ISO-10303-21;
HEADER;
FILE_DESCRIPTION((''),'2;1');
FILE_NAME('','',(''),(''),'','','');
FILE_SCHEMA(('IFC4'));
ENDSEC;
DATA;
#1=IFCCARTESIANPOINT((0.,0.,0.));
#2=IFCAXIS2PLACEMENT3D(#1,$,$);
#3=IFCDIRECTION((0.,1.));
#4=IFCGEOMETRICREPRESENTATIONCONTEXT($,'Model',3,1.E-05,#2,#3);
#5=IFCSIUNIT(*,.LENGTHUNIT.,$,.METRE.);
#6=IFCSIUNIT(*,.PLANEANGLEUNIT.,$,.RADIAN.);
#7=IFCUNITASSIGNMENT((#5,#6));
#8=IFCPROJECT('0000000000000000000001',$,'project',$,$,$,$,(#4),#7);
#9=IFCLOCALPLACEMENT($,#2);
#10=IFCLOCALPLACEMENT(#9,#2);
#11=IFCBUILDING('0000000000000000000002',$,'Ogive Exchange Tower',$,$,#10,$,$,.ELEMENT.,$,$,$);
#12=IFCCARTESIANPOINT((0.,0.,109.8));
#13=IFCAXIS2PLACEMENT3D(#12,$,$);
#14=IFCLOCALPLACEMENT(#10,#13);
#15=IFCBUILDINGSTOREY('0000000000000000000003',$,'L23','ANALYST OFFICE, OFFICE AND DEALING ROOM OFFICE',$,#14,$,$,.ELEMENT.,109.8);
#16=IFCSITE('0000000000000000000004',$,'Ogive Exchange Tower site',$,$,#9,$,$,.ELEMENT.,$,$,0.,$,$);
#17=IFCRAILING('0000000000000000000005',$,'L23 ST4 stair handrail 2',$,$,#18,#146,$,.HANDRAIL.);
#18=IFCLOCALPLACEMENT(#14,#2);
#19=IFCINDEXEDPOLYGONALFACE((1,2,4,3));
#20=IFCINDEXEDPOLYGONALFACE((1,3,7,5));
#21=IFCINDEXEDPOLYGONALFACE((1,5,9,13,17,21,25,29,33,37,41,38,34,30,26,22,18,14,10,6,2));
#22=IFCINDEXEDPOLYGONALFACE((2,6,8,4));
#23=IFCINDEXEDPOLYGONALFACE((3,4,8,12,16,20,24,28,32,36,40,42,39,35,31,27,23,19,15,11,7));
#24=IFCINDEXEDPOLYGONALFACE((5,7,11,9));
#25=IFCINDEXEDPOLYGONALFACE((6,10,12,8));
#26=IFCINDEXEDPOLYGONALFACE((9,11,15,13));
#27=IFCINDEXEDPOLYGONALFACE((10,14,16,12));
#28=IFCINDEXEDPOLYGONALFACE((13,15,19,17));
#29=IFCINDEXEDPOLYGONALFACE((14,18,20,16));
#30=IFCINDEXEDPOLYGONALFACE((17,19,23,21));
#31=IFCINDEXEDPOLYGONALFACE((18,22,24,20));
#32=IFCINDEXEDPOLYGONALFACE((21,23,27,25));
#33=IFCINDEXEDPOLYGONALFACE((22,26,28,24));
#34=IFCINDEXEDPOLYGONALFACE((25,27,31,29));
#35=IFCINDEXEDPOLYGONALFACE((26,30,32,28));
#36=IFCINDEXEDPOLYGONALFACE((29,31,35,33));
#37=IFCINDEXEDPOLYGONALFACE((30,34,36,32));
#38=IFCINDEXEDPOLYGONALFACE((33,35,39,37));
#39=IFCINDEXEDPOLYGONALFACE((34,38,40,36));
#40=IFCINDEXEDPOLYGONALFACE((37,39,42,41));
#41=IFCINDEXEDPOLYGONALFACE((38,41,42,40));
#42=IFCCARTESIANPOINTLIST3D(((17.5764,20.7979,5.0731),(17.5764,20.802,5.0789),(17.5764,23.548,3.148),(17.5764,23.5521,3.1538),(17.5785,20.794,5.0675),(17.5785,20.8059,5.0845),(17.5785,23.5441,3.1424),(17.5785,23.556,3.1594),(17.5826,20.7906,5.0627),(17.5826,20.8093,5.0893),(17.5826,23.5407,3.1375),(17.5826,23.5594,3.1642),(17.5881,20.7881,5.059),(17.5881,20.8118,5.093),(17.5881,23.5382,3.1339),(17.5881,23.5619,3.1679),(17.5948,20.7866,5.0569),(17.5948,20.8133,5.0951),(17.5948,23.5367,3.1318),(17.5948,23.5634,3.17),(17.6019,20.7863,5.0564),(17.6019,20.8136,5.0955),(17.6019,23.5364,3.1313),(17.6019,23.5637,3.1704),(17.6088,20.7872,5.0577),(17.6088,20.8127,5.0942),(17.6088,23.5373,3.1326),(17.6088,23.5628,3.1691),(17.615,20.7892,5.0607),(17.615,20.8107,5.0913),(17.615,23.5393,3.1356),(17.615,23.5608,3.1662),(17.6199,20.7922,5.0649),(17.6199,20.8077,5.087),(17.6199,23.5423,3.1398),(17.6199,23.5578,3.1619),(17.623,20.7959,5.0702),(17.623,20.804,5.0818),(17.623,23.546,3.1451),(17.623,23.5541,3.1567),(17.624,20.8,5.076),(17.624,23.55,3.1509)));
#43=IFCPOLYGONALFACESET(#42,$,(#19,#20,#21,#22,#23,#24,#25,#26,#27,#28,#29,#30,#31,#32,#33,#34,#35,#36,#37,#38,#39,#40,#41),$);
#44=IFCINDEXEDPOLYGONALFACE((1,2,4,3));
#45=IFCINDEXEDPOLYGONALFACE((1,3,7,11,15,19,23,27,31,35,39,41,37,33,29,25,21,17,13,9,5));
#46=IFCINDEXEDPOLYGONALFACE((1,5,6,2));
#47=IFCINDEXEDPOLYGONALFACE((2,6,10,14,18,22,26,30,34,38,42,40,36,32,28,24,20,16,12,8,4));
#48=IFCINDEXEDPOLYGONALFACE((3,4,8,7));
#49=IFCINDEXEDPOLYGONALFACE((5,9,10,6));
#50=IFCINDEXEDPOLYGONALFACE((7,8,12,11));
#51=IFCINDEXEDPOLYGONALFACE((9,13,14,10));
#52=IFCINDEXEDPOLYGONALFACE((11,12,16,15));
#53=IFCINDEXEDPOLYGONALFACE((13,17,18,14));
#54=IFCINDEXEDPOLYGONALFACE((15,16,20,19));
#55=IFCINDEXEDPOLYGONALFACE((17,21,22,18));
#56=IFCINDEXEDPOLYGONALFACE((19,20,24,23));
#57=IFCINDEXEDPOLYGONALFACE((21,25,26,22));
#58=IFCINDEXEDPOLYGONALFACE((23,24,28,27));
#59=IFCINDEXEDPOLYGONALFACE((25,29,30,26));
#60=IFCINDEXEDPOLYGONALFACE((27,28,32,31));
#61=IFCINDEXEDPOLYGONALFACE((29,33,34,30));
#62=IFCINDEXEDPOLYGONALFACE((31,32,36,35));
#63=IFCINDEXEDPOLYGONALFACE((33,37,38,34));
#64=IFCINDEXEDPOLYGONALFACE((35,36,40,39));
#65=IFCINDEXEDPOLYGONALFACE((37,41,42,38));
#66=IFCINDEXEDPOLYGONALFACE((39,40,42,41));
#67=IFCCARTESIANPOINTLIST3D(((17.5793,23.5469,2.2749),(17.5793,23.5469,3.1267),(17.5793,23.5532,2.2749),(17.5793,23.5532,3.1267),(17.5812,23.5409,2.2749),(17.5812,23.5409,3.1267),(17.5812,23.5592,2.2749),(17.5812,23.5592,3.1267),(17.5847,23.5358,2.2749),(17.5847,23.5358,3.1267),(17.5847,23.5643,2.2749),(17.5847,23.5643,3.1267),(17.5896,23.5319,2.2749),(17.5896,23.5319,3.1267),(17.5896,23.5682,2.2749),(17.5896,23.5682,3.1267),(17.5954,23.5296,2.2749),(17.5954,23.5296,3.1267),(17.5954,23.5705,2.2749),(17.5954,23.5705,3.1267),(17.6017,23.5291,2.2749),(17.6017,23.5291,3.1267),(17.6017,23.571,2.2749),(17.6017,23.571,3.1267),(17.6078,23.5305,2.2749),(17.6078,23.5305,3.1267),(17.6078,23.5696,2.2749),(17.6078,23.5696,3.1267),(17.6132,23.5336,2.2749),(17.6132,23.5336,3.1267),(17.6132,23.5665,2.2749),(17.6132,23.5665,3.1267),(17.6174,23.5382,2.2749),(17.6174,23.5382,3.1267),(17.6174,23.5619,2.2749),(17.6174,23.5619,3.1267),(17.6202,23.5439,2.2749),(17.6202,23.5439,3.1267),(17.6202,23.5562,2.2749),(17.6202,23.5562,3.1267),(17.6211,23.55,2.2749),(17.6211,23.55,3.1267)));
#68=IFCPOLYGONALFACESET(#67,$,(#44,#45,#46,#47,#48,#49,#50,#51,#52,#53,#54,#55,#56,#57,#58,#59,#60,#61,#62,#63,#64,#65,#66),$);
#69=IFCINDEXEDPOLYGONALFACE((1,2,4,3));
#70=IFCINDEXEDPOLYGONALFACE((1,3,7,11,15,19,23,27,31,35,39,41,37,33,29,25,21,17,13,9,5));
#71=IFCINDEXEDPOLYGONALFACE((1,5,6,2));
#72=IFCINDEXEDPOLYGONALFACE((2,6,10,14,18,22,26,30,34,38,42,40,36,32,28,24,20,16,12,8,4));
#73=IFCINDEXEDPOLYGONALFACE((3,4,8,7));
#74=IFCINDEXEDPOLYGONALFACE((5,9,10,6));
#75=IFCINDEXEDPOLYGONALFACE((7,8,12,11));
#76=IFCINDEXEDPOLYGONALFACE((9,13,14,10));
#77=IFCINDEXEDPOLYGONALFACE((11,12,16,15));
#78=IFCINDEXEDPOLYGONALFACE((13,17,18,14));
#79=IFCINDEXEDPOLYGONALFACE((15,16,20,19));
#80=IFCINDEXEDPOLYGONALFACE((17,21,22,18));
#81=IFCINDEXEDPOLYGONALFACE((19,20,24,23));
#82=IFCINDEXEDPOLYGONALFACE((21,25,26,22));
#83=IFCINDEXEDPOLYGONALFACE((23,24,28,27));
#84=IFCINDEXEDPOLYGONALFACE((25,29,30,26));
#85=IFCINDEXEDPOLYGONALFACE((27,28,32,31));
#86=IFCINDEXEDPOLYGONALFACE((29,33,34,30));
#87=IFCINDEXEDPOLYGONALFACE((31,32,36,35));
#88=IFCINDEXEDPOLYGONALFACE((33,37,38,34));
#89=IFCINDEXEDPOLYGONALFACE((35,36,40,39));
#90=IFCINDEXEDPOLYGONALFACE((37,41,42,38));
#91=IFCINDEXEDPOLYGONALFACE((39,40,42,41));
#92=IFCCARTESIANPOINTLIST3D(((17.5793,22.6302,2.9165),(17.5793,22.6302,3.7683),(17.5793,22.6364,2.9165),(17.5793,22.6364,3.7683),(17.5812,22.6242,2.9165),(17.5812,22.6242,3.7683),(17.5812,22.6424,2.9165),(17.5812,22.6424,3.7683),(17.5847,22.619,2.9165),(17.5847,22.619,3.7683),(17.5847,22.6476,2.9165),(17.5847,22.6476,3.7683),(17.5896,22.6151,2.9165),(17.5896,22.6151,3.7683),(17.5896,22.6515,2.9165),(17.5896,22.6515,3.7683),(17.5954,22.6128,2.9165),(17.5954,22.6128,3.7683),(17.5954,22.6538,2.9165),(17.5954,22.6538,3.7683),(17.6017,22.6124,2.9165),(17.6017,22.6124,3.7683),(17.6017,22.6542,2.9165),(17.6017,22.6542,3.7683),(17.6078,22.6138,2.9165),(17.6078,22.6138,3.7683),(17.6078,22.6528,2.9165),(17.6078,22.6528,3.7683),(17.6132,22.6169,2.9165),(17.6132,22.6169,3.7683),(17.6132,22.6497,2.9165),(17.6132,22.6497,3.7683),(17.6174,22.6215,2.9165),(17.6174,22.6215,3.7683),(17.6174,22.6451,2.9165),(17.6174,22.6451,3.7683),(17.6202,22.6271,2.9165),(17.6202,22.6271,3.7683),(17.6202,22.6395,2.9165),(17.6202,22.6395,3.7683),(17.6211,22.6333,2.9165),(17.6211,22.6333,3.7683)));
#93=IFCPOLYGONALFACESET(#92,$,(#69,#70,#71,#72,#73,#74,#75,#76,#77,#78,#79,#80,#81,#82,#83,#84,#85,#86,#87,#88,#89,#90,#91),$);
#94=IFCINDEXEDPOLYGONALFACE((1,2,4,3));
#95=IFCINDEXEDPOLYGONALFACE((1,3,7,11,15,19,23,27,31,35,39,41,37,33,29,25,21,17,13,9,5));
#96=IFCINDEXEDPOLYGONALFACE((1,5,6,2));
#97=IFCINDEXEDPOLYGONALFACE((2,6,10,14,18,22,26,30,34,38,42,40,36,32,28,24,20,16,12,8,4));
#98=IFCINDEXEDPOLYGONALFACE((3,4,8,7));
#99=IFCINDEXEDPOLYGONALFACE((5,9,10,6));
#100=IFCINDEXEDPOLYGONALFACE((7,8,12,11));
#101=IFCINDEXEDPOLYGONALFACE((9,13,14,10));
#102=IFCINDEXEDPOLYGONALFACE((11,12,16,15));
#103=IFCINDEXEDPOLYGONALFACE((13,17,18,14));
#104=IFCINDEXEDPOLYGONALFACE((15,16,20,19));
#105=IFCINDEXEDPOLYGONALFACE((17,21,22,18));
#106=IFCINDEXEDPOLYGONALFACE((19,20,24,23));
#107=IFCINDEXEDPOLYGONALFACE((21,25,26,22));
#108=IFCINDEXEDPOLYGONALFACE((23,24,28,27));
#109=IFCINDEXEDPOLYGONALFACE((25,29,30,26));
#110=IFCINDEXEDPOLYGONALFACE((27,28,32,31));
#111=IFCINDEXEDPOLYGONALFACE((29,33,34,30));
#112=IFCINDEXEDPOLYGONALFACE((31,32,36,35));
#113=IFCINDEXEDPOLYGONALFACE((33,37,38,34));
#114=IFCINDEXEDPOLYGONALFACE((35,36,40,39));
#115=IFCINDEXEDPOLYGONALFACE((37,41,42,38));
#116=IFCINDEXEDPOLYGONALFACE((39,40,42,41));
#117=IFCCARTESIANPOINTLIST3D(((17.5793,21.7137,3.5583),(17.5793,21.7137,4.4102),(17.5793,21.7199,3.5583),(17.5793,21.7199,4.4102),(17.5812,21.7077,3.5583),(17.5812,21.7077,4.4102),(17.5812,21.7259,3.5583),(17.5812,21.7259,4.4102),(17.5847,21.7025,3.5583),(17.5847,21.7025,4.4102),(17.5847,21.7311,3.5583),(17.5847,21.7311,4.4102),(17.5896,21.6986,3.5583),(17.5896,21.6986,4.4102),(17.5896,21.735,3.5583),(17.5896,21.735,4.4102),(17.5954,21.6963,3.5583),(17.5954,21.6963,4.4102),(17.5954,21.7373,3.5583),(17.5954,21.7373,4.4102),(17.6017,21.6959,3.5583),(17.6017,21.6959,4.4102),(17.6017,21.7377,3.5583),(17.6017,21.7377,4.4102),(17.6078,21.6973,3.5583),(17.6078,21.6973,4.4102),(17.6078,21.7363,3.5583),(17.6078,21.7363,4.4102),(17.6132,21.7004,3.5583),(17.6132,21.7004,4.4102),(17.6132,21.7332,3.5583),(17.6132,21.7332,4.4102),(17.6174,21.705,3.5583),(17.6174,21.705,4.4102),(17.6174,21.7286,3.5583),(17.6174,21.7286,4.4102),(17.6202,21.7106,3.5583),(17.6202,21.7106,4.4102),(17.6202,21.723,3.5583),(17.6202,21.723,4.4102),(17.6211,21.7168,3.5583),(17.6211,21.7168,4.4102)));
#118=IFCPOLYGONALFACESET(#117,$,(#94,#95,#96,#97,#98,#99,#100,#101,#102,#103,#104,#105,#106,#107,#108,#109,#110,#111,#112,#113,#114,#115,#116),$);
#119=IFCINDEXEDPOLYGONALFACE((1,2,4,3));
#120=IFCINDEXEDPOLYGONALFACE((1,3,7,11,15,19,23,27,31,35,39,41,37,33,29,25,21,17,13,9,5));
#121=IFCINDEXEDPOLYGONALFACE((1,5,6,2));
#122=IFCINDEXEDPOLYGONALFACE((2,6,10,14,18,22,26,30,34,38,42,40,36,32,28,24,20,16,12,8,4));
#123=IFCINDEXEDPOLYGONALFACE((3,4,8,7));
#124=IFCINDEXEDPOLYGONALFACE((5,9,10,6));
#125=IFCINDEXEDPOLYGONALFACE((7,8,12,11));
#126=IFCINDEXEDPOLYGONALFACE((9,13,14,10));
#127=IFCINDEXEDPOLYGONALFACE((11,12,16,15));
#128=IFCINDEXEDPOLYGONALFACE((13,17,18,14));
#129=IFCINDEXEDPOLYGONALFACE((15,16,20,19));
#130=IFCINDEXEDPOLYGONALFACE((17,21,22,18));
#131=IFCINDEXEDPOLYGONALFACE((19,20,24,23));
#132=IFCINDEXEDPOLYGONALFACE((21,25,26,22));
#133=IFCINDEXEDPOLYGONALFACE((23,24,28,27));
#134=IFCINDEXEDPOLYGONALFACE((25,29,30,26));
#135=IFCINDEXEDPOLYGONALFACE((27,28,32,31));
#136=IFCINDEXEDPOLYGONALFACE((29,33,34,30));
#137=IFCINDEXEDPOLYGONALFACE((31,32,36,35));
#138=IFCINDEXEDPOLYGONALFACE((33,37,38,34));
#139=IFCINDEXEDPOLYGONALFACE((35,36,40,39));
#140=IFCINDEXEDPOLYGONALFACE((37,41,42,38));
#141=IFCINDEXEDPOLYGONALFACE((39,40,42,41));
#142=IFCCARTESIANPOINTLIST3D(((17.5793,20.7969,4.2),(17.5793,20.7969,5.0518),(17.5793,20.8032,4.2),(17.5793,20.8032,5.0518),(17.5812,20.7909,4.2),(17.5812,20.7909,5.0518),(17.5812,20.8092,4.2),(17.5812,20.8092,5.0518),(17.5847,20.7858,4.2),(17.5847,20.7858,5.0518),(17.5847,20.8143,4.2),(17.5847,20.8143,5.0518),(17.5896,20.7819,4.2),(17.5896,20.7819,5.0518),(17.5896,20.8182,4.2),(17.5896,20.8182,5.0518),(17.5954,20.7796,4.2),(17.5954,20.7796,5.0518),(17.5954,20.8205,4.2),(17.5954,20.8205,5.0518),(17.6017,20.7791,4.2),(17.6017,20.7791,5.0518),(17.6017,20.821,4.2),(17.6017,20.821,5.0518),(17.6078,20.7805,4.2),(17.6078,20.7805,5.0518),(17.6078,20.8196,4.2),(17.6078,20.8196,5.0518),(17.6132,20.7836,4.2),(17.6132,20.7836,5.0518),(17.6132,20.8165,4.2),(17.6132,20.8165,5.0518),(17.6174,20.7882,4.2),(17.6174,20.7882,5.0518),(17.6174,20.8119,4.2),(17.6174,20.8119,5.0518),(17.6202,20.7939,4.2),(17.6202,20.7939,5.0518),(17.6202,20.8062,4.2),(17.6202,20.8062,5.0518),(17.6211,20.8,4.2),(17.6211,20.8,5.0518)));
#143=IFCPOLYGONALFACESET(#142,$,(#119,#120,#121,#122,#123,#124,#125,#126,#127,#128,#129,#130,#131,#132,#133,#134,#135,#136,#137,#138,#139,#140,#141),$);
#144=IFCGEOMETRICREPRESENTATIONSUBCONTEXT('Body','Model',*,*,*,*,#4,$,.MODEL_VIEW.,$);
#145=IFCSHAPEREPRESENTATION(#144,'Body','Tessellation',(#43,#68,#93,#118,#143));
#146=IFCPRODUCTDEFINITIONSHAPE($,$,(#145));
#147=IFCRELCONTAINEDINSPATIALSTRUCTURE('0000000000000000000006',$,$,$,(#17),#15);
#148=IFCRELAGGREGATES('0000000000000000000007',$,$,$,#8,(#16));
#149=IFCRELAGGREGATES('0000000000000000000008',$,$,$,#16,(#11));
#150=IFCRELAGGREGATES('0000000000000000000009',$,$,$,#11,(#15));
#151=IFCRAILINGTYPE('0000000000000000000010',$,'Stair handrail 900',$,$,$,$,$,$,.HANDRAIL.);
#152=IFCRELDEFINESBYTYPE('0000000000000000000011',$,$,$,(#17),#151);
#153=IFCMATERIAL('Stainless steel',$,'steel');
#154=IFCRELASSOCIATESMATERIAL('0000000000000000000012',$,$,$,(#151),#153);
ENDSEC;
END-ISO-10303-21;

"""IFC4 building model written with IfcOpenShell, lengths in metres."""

from ifc_helpers import new_model, si_unit, direction, frame, origin, origin_2d, place, context, subcontext, project, spatial, circle, extrude, material, type_object, element, save


model = new_model("IFC4")

# Units and contexts
model_context = context("Model", 3, precision=1e-05, world=origin(), true_north=direction((0.0, 1.0)))
body_context = subcontext(model_context, "Body", "Model", "MODEL_VIEW")
ifc_project = project(units=[si_unit("LENGTHUNIT", "METRE"), si_unit("PLANEANGLEUNIT", "RADIAN")], contexts=[model_context])

# Site, building, storey
site_placement = place(None, origin())
site = spatial("IfcSite", under=ifc_project, at=site_placement, Name="Ogive Exchange Tower site", CompositionType="ELEMENT", RefElevation=0.0)
building_placement = place(site_placement, origin())
building = spatial("IfcBuilding", under=site, at=building_placement, Name="Ogive Exchange Tower", CompositionType="ELEMENT")
storey_placement = place(building_placement, frame((0.0, 0.0, 109.8)))
storey = spatial("IfcBuildingStorey", under=building, at=storey_placement, Name="L23", Description="ANALYST OFFICE, OFFICE AND DEALING ROOM OFFICE", CompositionType="ELEMENT", Elevation=109.8)

# Shared definitions
ifc_material_1 = material(Name="Stainless steel", Category="steel")

# Railing
railing_type = type_object("IfcRailingType", Name="Stair handrail 900", PredefinedType="HANDRAIL", material=ifc_material_1)
railing_placement = place(storey_placement, frame((17.6001, 23.55, 2.2749)))
element("IfcRailing", 1, at=railing_placement, inside=storey, type_object=railing_type, Name="L23 ST4 stair handrail 2", PredefinedType="HANDRAIL", context=body_context, shape_type="SweptSolid", body=[
    extrude(circle(Radius=0.0239, at=origin_2d()), frame((0.0, 0.0, 0.876), z_axis=(0.0, -0.819225, 0.573472), x_axis=(1.0, 0.0, 0.0)), (0.0, 0.0, 1.0), 3.3569),
    extrude(circle(Radius=0.021, at=origin_2d()), origin(), (0.0, 0.0, 1.0), 0.8518),
    extrude(circle(Radius=0.021, at=origin_2d()), frame((0.0, -0.9167, 0.6416)), (0.0, 0.0, 1.0), 0.8518),
    extrude(circle(Radius=0.021, at=origin_2d()), frame((0.0, -1.8333, 1.2834)), (0.0, 0.0, 1.0), 0.8518),
    extrude(circle(Radius=0.021, at=origin_2d()), frame((0.0, -2.75, 1.925)), (0.0, 0.0, 1.0), 0.8518),
])

save(model, "model.ifc")
